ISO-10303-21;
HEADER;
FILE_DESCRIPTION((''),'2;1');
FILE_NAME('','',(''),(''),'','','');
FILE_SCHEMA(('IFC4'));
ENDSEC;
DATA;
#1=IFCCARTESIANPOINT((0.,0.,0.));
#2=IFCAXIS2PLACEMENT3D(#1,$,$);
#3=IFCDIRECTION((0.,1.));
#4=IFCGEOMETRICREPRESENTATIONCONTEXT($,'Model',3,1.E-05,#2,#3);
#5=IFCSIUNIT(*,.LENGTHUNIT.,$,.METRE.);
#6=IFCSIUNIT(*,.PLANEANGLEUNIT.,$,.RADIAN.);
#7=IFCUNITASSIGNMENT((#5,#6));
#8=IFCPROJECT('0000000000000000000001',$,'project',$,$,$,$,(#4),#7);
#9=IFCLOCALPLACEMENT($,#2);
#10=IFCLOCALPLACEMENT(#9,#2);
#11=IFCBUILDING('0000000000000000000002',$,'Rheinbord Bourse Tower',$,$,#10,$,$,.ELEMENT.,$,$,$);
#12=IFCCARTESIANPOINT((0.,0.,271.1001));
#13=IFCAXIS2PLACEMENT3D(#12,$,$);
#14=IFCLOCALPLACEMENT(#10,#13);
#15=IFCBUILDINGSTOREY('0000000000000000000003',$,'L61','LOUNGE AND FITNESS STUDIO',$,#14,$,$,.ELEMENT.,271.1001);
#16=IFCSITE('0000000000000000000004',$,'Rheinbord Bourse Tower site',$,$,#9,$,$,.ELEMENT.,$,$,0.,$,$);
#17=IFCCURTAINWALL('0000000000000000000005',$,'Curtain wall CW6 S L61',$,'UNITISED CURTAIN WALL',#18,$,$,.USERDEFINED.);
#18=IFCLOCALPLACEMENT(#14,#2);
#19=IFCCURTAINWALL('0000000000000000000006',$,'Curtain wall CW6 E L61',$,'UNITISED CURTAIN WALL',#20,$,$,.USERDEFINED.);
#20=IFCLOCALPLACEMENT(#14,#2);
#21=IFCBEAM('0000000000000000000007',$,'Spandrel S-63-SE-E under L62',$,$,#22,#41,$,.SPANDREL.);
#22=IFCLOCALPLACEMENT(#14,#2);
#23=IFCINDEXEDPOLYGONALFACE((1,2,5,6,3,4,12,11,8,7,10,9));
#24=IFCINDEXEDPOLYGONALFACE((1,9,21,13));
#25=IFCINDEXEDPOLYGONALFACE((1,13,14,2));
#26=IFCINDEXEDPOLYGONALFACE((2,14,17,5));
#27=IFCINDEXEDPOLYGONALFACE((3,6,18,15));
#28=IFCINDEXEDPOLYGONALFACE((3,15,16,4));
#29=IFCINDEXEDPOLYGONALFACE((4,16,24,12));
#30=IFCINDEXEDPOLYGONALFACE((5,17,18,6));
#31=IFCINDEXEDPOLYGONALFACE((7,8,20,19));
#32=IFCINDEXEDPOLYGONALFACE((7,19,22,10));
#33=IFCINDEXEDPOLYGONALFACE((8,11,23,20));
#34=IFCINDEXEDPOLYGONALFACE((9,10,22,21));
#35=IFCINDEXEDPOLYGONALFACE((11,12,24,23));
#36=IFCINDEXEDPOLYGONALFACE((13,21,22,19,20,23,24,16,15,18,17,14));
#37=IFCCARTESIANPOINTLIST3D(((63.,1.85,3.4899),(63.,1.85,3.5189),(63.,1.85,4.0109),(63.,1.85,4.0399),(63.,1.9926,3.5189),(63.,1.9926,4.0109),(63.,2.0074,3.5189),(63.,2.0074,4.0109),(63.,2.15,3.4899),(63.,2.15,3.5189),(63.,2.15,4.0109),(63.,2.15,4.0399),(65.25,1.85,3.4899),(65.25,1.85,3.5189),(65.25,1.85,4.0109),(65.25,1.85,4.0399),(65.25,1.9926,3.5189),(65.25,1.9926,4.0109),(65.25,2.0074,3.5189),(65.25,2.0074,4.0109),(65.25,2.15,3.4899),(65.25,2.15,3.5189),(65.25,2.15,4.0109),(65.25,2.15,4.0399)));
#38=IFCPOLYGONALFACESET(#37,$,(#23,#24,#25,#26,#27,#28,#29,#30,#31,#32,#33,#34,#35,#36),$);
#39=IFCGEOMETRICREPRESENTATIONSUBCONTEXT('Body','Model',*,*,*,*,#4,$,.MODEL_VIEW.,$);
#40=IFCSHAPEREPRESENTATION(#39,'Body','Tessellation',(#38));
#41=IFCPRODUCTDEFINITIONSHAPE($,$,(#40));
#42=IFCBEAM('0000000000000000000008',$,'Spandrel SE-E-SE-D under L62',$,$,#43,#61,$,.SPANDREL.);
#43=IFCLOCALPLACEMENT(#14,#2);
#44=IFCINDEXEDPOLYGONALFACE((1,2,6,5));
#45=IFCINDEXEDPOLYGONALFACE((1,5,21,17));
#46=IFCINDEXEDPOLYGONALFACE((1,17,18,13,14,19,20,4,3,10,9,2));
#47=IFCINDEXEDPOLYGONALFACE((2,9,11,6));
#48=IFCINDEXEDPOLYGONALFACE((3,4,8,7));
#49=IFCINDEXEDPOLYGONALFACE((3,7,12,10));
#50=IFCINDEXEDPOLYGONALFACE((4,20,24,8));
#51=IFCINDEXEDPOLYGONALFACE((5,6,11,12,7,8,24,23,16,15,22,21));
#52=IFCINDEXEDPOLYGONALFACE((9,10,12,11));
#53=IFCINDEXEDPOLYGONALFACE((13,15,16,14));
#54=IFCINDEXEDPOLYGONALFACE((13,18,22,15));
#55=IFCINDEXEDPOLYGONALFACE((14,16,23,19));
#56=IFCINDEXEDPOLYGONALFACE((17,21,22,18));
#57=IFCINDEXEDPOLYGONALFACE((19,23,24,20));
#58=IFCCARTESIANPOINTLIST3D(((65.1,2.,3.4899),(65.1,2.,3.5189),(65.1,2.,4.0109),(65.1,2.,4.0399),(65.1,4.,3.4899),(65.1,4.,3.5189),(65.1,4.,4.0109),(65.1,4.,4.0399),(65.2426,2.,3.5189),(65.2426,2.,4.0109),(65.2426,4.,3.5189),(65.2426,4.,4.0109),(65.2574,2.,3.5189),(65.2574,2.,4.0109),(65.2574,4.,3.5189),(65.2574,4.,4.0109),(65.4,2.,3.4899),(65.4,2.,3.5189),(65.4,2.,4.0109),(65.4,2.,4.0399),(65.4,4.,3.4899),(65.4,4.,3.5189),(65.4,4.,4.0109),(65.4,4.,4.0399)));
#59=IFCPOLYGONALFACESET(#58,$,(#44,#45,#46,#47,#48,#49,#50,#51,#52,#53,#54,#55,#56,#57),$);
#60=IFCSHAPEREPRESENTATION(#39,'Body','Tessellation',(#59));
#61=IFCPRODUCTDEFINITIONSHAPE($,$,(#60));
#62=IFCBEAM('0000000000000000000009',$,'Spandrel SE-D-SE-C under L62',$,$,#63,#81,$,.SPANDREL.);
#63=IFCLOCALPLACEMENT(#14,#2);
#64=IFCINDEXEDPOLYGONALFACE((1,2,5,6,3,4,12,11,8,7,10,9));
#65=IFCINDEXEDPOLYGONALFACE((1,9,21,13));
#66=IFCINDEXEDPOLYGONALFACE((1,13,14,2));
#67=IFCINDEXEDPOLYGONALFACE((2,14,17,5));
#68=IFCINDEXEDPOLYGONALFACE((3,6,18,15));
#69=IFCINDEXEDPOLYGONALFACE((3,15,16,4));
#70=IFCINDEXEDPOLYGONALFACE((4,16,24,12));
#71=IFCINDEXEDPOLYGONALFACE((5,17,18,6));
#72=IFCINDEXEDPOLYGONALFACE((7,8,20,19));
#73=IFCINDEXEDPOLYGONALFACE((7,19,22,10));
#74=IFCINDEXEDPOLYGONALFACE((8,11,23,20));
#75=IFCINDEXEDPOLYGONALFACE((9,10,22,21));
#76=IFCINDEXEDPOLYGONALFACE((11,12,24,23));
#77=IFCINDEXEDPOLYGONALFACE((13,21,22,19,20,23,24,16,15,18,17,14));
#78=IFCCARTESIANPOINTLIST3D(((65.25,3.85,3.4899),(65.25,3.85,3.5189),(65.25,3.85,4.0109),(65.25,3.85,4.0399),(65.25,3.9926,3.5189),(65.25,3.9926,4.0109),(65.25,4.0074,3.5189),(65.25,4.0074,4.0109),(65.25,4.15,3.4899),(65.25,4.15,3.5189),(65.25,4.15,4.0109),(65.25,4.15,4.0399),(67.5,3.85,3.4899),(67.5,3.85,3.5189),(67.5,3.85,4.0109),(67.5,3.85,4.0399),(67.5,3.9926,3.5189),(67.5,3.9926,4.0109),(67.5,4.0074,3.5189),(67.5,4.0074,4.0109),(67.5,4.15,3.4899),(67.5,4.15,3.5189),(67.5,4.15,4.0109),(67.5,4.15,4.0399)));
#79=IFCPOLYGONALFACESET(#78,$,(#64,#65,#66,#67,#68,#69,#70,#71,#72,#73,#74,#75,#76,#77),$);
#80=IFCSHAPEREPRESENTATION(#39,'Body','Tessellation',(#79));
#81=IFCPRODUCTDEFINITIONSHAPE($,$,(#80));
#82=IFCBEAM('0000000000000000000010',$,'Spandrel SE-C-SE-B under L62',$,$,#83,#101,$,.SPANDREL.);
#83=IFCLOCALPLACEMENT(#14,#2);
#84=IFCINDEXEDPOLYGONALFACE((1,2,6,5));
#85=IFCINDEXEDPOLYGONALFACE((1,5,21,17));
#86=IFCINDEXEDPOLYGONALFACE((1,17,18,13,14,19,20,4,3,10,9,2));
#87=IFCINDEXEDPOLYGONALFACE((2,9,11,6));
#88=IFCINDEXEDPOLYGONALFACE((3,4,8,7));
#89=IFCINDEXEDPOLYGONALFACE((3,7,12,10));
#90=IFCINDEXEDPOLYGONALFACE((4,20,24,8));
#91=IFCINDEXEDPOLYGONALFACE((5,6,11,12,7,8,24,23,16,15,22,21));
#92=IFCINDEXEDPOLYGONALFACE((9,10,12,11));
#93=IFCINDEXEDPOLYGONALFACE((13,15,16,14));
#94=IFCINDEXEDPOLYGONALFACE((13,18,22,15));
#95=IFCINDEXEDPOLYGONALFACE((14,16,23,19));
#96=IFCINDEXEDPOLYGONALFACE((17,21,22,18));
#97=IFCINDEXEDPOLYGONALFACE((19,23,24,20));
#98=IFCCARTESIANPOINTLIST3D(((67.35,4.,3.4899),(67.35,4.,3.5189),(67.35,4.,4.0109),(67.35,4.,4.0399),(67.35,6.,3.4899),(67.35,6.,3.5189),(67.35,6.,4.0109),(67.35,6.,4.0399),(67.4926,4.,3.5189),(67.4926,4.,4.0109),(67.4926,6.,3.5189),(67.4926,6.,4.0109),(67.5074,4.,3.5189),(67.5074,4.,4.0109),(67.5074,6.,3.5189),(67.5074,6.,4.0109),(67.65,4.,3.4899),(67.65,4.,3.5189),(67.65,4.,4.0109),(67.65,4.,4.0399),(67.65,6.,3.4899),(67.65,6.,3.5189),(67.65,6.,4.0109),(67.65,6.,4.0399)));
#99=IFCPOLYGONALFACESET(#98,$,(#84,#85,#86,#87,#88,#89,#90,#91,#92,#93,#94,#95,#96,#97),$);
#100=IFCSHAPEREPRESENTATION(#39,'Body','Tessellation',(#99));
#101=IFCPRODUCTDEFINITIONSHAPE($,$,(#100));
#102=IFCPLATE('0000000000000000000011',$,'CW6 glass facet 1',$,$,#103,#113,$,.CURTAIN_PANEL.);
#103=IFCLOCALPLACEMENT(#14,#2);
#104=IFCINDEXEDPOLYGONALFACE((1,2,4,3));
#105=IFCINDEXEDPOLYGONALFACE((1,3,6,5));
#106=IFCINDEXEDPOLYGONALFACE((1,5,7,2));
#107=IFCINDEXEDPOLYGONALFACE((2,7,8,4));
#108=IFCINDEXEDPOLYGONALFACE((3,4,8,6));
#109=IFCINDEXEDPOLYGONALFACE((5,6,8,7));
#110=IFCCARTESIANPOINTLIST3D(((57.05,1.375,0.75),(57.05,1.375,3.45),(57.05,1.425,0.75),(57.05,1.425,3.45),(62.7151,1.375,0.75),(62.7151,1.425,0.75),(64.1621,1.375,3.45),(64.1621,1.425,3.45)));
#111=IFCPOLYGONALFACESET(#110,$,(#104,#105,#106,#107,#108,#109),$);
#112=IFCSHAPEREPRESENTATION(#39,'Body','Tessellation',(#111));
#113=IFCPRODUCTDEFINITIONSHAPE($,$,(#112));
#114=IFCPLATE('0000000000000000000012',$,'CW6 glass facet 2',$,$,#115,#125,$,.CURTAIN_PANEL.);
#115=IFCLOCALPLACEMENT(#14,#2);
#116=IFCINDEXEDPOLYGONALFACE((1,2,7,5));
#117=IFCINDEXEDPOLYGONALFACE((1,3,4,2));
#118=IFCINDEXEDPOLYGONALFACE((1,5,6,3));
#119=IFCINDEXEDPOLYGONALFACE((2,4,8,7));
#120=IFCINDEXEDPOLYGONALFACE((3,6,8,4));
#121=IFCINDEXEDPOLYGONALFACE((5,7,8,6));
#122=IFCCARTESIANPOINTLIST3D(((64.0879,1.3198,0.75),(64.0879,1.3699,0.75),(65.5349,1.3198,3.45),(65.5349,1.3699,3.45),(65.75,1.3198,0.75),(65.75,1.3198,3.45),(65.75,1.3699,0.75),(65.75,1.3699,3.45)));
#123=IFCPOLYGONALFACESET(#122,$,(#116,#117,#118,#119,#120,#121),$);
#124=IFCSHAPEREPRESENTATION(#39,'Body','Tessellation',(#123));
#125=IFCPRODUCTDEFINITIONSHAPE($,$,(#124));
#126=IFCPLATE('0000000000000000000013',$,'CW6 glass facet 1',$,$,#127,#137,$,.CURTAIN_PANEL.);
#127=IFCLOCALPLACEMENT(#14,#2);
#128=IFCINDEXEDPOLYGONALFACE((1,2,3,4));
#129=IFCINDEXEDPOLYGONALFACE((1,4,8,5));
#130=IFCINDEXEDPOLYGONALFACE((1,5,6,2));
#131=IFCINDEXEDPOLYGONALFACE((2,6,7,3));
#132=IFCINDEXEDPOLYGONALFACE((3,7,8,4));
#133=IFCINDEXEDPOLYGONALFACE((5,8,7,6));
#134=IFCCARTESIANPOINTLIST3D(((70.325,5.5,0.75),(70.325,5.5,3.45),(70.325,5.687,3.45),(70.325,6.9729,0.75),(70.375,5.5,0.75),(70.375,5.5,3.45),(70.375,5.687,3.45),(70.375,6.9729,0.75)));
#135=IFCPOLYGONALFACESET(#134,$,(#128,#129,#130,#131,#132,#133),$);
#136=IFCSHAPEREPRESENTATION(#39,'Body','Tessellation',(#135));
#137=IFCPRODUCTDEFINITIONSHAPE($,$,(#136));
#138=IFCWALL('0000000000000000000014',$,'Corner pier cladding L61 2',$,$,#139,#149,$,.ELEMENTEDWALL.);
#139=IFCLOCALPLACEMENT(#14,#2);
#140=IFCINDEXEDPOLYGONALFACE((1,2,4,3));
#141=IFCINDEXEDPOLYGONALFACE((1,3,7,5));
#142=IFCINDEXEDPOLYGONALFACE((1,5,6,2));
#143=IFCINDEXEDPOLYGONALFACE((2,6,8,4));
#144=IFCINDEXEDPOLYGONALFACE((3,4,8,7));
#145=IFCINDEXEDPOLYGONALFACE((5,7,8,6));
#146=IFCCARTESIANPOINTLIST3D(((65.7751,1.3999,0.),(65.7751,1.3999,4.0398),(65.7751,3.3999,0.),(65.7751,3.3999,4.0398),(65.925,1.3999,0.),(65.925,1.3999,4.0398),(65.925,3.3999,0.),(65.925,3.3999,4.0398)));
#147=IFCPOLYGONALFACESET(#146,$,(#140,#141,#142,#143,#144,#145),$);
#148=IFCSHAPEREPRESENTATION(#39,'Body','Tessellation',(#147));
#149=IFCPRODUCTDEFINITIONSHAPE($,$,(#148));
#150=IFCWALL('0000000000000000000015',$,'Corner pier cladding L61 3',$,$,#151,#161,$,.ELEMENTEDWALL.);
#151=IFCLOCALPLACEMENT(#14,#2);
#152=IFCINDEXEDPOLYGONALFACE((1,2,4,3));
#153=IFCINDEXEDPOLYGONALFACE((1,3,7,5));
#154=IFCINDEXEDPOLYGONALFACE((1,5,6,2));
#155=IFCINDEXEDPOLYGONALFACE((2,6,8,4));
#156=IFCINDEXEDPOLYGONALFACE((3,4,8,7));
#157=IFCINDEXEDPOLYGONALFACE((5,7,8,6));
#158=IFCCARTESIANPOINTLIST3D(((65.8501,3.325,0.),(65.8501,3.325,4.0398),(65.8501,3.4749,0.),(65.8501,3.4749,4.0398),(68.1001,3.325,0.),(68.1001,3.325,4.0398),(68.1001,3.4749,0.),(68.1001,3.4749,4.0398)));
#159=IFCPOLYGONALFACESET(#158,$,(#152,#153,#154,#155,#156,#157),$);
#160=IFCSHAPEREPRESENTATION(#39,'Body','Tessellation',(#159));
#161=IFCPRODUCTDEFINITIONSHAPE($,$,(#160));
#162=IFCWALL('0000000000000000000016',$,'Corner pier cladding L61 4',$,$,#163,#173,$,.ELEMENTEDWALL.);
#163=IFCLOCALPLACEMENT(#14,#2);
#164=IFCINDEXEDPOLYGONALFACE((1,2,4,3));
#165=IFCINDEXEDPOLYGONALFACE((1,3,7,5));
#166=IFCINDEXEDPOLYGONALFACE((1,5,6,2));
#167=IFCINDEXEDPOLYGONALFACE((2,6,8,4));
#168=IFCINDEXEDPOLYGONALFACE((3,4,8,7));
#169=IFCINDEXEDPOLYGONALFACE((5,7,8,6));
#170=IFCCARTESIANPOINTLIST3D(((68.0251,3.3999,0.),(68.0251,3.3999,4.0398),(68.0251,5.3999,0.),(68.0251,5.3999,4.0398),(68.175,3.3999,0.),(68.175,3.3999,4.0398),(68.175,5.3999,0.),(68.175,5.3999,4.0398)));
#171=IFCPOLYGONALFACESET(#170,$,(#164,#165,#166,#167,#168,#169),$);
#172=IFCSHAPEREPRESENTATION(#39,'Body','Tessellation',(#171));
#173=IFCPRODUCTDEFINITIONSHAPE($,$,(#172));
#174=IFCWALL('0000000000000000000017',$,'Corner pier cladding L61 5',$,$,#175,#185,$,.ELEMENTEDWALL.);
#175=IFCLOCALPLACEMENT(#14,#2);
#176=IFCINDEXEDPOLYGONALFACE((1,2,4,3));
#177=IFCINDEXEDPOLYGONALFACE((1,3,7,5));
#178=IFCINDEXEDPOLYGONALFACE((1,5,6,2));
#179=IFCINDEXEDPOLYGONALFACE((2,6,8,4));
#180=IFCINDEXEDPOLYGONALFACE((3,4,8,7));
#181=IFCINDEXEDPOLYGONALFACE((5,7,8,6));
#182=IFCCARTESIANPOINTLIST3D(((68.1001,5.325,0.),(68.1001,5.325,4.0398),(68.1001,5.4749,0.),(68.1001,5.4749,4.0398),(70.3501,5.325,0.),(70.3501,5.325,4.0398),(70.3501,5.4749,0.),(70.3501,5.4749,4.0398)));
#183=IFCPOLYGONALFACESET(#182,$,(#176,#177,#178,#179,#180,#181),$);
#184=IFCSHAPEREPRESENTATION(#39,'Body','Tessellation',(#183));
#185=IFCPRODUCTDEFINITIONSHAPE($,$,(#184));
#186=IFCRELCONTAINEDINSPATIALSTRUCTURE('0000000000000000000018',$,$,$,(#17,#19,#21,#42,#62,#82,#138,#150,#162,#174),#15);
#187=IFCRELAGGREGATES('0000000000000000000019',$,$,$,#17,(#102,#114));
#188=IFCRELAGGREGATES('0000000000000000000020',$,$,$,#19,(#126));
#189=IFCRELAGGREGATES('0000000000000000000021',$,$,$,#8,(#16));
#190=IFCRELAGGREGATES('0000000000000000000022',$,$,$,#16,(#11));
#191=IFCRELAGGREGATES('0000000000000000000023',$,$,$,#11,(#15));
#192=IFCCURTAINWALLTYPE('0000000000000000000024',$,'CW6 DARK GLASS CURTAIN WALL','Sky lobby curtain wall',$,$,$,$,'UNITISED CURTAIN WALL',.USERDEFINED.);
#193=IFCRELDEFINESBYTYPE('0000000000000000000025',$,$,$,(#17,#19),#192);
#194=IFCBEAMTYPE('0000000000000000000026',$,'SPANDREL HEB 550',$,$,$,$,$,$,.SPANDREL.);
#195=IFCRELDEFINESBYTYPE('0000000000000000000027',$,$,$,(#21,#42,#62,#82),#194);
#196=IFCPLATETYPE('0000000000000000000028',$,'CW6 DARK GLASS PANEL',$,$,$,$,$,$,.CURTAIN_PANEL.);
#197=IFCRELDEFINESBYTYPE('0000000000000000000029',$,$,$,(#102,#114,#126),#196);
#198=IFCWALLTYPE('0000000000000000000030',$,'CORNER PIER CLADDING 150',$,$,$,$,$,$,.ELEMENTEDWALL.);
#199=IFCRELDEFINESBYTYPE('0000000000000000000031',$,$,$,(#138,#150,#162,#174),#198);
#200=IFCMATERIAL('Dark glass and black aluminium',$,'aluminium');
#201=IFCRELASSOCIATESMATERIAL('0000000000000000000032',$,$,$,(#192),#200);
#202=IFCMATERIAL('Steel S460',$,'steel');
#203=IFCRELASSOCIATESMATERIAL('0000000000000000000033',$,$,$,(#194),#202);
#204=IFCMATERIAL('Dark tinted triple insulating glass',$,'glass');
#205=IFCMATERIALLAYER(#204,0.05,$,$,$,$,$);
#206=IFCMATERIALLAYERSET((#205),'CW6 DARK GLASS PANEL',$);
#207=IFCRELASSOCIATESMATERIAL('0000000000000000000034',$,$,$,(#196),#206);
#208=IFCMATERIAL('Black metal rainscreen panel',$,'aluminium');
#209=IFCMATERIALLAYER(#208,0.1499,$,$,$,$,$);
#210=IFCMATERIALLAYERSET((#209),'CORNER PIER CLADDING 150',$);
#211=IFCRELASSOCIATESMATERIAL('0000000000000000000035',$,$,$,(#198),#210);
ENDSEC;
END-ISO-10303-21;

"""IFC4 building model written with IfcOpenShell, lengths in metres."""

from ifc_helpers import new_model, si_unit, direction, frame, frame_2d, origin, origin_2d, place, context, subcontext, project, spatial, polyline, rectangle, i_section, outline, extrude, material, layer, layer_set, material_profile, profile_set, type_object, element, aggregate, save


model = new_model("IFC4")

# Units and contexts
model_context = context("Model", 3, precision=1e-05, world=origin(), true_north=direction((0.0, 1.0)))
body_context = subcontext(model_context, "Body", "Model", "MODEL_VIEW")
ifc_project = project(units=[si_unit("LENGTHUNIT", "METRE"), si_unit("PLANEANGLEUNIT", "RADIAN")], contexts=[model_context])

# Site, building, storey
site_placement = place(None, origin())
site = spatial("IfcSite", under=ifc_project, at=site_placement, Name="Rheinbord Bourse Tower site", CompositionType="ELEMENT", RefElevation=0.0)
building_placement = place(site_placement, origin())
building = spatial("IfcBuilding", under=site, at=building_placement, Name="Rheinbord Bourse Tower", CompositionType="ELEMENT")
storey_placement = place(building_placement, frame((0.0, 0.0, 271.1001)))
storey = spatial("IfcBuildingStorey", under=building, at=storey_placement, Name="L61", Description="LOUNGE AND FITNESS STUDIO", CompositionType="ELEMENT", Elevation=271.1001)

# Curtain wall
ifc_material_1 = material(Name="Dark glass and black aluminium", Category="aluminium")
curtain_wall_type = type_object("IfcCurtainWallType", Name="CW6 DARK GLASS CURTAIN WALL", Description="Sky lobby curtain wall", ElementType="UNITISED CURTAIN WALL", PredefinedType="USERDEFINED", material=ifc_material_1)
curtain_wall_1_placement = place(storey_placement, origin())
curtain_wall_1 = element("IfcCurtainWall", 1, at=curtain_wall_1_placement, inside=storey, type_object=curtain_wall_type, Name="Curtain wall CW6 S L61", ObjectType="UNITISED CURTAIN WALL", PredefinedType="USERDEFINED")

# Curtain wall
curtain_wall_2_placement = place(storey_placement, origin())
curtain_wall_2 = element("IfcCurtainWall", 2, at=curtain_wall_2_placement, inside=storey, type_object=curtain_wall_type, Name="Curtain wall CW6 E L61", ObjectType="UNITISED CURTAIN WALL", PredefinedType="USERDEFINED")

# Beams
ifc_material_2 = material(Name="Steel S460", Category="steel")
ifc_material_profile_1 = material_profile(ifc_material_2, i_section(OverallWidth=0.3, OverallDepth=0.55, WebThickness=0.0149, FlangeThickness=0.0291, at=origin_2d()), Name="HEB 550")
ifc_profile_set_1 = profile_set([ifc_material_profile_1], Name="Steel S460")
beam_type_1 = type_object("IfcBeamType", Name="SPANDREL HEB 550", PredefinedType="SPANDREL", material=ifc_profile_set_1)
beam_1_placement = place(storey_placement, frame((63.0, 2.0, 3.7649), z_axis=(1.0, 0.0, 0.0), x_axis=(0.0, 1.0, 0.0)))
element("IfcBeam", 3, at=beam_1_placement, inside=storey, type_object=beam_type_1, Name="Spandrel S-63-SE-E under L62", PredefinedType="SPANDREL", context=body_context, shape_type="SweptSolid", body=[
    extrude(i_section(OverallWidth=0.3, OverallDepth=0.55, WebThickness=0.0149, FlangeThickness=0.0291, at=origin_2d()), origin(), (0.0, 0.0, 1.0), 2.25),
])
beam_2_placement = place(storey_placement, frame((65.25, 2.0, 3.7649), z_axis=(0.0, 1.0, 0.0), x_axis=(-1.0, 0.0, 0.0)))
element("IfcBeam", 4, at=beam_2_placement, inside=storey, type_object=beam_type_1, Name="Spandrel SE-E-SE-D under L62", PredefinedType="SPANDREL", context=body_context, shape_type="SweptSolid", body=[
    extrude(i_section(OverallWidth=0.3, OverallDepth=0.55, WebThickness=0.0149, FlangeThickness=0.0291, at=origin_2d()), origin(), (0.0, 0.0, 1.0), 2.0),
])
beam_3_placement = place(storey_placement, frame((65.25, 4.0, 3.7649), z_axis=(1.0, 0.0, 0.0), x_axis=(0.0, 1.0, 0.0)))
element("IfcBeam", 5, at=beam_3_placement, inside=storey, type_object=beam_type_1, Name="Spandrel SE-D-SE-C under L62", PredefinedType="SPANDREL", context=body_context, shape_type="SweptSolid", body=[
    extrude(i_section(OverallWidth=0.3, OverallDepth=0.55, WebThickness=0.0149, FlangeThickness=0.0291, at=origin_2d()), origin(), (0.0, 0.0, 1.0), 2.25),
])
beam_4_placement = place(storey_placement, frame((67.5, 4.0, 3.7649), z_axis=(0.0, 1.0, 0.0), x_axis=(-1.0, 0.0, 0.0)))
element("IfcBeam", 6, at=beam_4_placement, inside=storey, type_object=beam_type_1, Name="Spandrel SE-C-SE-B under L62", PredefinedType="SPANDREL", context=body_context, shape_type="SweptSolid", body=[
    extrude(i_section(OverallWidth=0.3, OverallDepth=0.55, WebThickness=0.0149, FlangeThickness=0.0291, at=origin_2d()), origin(), (0.0, 0.0, 1.0), 2.0),
])

# Plates
ifc_material_3 = material(Name="Dark tinted triple insulating glass", Category="glass")
ifc_layer_1 = layer(ifc_material_3, 0.05)
ifc_layer_set_1 = layer_set([ifc_layer_1], Name="CW6 DARK GLASS PANEL")
plate_type = type_object("IfcPlateType", Name="CW6 DARK GLASS PANEL", PredefinedType="CURTAIN_PANEL", material=ifc_layer_set_1)
plate_1_placement = place(storey_placement, frame((57.05, 1.375, 0.75), z_axis=(0.0, 1.0, 0.0), x_axis=(0.0, 0.0, 1.0)))
plate_1 = element("IfcPlate", 7, at=plate_1_placement, type_object=plate_type, Name="CW6 glass facet 1", PredefinedType="CURTAIN_PANEL", context=body_context, shape_type="SweptSolid", body=[
    extrude(outline(polyline([(0.0, 0.0), (2.7, 0.0), (2.7, 7.1121), (0.0, 5.665), (0.0, 0.0)])), origin(), (0.0, 0.0, 1.0), 0.05),
])
plate_2_placement = place(storey_placement, frame((65.75, 1.3198, 3.45), z_axis=(0.0, 1.0, 0.0), x_axis=(0.0, 0.0, -1.0)))
plate_2 = element("IfcPlate", 8, at=plate_2_placement, type_object=plate_type, Name="CW6 glass facet 2", PredefinedType="CURTAIN_PANEL", context=body_context, shape_type="SweptSolid", body=[
    extrude(outline(polyline([(0.0, 0.0), (2.7, 0.0), (2.7, 1.6621), (0.0, 0.2151), (0.0, 0.0)])), origin(), (0.0, 0.0, 1.0), 0.05),
])
aggregate(curtain_wall_1, [plate_1, plate_2])
plate_3_placement = place(storey_placement, frame((70.375, 5.5, 0.75), z_axis=(-1.0, 0.0, 0.0), x_axis=(0.0, 0.0, 1.0)))
plate_3 = element("IfcPlate", 9, at=plate_3_placement, type_object=plate_type, Name="CW6 glass facet 1", PredefinedType="CURTAIN_PANEL", context=body_context, shape_type="SweptSolid", body=[
    extrude(outline(polyline([(0.0, 0.0), (2.7, 0.0), (2.7, 0.187), (0.0, 1.4729), (0.0, 0.0)])), origin(), (0.0, 0.0, 1.0), 0.05),
])
aggregate(curtain_wall_2, [plate_3])

# Walls
ifc_material_4 = material(Name="Black metal rainscreen panel", Category="aluminium")
ifc_layer_2 = layer(ifc_material_4, 0.1499)
ifc_layer_set_2 = layer_set([ifc_layer_2], Name="CORNER PIER CLADDING 150")
wall_type = type_object("IfcWallType", Name="CORNER PIER CLADDING 150", PredefinedType="ELEMENTEDWALL", material=ifc_layer_set_2)
wall_1_placement = place(storey_placement, frame((65.8501, 1.3999, 0.0), z_axis=(0.0, 0.0, 1.0), x_axis=(0.0, 1.0, 0.0)))
element("IfcWall", 10, at=wall_1_placement, inside=storey, type_object=wall_type, Name="Corner pier cladding L61 2", PredefinedType="ELEMENTEDWALL", context=body_context, shape_type="SweptSolid", body=[
    extrude(rectangle(XDim=2.0, YDim=0.1499, at=frame_2d((1.0, 0.0))), origin(), (0.0, 0.0, 1.0), 4.0398),
])
wall_2_placement = place(storey_placement, frame((65.8501, 3.3999, 0.0), z_axis=(0.0, 0.0, 1.0), x_axis=(1.0, 0.0, 0.0)))
element("IfcWall", 11, at=wall_2_placement, inside=storey, type_object=wall_type, Name="Corner pier cladding L61 3", PredefinedType="ELEMENTEDWALL", context=body_context, shape_type="SweptSolid", body=[
    extrude(rectangle(XDim=2.25, YDim=0.1499, at=frame_2d((1.125, 0.0))), origin(), (0.0, 0.0, 1.0), 4.0398),
])
wall_3_placement = place(storey_placement, frame((68.1001, 3.3999, 0.0), z_axis=(0.0, 0.0, 1.0), x_axis=(0.0, 1.0, 0.0)))
element("IfcWall", 12, at=wall_3_placement, inside=storey, type_object=wall_type, Name="Corner pier cladding L61 4", PredefinedType="ELEMENTEDWALL", context=body_context, shape_type="SweptSolid", body=[
    extrude(rectangle(XDim=2.0, YDim=0.1499, at=frame_2d((1.0, 0.0))), origin(), (0.0, 0.0, 1.0), 4.0398),
])
wall_4_placement = place(storey_placement, frame((68.1001, 5.3999, 0.0), z_axis=(0.0, 0.0, 1.0), x_axis=(1.0, 0.0, 0.0)))
element("IfcWall", 13, at=wall_4_placement, inside=storey, type_object=wall_type, Name="Corner pier cladding L61 5", PredefinedType="ELEMENTEDWALL", context=body_context, shape_type="SweptSolid", body=[
    extrude(rectangle(XDim=2.25, YDim=0.1499, at=frame_2d((1.125, 0.0))), origin(), (0.0, 0.0, 1.0), 4.0398),
])

save(model, "model.ifc")
